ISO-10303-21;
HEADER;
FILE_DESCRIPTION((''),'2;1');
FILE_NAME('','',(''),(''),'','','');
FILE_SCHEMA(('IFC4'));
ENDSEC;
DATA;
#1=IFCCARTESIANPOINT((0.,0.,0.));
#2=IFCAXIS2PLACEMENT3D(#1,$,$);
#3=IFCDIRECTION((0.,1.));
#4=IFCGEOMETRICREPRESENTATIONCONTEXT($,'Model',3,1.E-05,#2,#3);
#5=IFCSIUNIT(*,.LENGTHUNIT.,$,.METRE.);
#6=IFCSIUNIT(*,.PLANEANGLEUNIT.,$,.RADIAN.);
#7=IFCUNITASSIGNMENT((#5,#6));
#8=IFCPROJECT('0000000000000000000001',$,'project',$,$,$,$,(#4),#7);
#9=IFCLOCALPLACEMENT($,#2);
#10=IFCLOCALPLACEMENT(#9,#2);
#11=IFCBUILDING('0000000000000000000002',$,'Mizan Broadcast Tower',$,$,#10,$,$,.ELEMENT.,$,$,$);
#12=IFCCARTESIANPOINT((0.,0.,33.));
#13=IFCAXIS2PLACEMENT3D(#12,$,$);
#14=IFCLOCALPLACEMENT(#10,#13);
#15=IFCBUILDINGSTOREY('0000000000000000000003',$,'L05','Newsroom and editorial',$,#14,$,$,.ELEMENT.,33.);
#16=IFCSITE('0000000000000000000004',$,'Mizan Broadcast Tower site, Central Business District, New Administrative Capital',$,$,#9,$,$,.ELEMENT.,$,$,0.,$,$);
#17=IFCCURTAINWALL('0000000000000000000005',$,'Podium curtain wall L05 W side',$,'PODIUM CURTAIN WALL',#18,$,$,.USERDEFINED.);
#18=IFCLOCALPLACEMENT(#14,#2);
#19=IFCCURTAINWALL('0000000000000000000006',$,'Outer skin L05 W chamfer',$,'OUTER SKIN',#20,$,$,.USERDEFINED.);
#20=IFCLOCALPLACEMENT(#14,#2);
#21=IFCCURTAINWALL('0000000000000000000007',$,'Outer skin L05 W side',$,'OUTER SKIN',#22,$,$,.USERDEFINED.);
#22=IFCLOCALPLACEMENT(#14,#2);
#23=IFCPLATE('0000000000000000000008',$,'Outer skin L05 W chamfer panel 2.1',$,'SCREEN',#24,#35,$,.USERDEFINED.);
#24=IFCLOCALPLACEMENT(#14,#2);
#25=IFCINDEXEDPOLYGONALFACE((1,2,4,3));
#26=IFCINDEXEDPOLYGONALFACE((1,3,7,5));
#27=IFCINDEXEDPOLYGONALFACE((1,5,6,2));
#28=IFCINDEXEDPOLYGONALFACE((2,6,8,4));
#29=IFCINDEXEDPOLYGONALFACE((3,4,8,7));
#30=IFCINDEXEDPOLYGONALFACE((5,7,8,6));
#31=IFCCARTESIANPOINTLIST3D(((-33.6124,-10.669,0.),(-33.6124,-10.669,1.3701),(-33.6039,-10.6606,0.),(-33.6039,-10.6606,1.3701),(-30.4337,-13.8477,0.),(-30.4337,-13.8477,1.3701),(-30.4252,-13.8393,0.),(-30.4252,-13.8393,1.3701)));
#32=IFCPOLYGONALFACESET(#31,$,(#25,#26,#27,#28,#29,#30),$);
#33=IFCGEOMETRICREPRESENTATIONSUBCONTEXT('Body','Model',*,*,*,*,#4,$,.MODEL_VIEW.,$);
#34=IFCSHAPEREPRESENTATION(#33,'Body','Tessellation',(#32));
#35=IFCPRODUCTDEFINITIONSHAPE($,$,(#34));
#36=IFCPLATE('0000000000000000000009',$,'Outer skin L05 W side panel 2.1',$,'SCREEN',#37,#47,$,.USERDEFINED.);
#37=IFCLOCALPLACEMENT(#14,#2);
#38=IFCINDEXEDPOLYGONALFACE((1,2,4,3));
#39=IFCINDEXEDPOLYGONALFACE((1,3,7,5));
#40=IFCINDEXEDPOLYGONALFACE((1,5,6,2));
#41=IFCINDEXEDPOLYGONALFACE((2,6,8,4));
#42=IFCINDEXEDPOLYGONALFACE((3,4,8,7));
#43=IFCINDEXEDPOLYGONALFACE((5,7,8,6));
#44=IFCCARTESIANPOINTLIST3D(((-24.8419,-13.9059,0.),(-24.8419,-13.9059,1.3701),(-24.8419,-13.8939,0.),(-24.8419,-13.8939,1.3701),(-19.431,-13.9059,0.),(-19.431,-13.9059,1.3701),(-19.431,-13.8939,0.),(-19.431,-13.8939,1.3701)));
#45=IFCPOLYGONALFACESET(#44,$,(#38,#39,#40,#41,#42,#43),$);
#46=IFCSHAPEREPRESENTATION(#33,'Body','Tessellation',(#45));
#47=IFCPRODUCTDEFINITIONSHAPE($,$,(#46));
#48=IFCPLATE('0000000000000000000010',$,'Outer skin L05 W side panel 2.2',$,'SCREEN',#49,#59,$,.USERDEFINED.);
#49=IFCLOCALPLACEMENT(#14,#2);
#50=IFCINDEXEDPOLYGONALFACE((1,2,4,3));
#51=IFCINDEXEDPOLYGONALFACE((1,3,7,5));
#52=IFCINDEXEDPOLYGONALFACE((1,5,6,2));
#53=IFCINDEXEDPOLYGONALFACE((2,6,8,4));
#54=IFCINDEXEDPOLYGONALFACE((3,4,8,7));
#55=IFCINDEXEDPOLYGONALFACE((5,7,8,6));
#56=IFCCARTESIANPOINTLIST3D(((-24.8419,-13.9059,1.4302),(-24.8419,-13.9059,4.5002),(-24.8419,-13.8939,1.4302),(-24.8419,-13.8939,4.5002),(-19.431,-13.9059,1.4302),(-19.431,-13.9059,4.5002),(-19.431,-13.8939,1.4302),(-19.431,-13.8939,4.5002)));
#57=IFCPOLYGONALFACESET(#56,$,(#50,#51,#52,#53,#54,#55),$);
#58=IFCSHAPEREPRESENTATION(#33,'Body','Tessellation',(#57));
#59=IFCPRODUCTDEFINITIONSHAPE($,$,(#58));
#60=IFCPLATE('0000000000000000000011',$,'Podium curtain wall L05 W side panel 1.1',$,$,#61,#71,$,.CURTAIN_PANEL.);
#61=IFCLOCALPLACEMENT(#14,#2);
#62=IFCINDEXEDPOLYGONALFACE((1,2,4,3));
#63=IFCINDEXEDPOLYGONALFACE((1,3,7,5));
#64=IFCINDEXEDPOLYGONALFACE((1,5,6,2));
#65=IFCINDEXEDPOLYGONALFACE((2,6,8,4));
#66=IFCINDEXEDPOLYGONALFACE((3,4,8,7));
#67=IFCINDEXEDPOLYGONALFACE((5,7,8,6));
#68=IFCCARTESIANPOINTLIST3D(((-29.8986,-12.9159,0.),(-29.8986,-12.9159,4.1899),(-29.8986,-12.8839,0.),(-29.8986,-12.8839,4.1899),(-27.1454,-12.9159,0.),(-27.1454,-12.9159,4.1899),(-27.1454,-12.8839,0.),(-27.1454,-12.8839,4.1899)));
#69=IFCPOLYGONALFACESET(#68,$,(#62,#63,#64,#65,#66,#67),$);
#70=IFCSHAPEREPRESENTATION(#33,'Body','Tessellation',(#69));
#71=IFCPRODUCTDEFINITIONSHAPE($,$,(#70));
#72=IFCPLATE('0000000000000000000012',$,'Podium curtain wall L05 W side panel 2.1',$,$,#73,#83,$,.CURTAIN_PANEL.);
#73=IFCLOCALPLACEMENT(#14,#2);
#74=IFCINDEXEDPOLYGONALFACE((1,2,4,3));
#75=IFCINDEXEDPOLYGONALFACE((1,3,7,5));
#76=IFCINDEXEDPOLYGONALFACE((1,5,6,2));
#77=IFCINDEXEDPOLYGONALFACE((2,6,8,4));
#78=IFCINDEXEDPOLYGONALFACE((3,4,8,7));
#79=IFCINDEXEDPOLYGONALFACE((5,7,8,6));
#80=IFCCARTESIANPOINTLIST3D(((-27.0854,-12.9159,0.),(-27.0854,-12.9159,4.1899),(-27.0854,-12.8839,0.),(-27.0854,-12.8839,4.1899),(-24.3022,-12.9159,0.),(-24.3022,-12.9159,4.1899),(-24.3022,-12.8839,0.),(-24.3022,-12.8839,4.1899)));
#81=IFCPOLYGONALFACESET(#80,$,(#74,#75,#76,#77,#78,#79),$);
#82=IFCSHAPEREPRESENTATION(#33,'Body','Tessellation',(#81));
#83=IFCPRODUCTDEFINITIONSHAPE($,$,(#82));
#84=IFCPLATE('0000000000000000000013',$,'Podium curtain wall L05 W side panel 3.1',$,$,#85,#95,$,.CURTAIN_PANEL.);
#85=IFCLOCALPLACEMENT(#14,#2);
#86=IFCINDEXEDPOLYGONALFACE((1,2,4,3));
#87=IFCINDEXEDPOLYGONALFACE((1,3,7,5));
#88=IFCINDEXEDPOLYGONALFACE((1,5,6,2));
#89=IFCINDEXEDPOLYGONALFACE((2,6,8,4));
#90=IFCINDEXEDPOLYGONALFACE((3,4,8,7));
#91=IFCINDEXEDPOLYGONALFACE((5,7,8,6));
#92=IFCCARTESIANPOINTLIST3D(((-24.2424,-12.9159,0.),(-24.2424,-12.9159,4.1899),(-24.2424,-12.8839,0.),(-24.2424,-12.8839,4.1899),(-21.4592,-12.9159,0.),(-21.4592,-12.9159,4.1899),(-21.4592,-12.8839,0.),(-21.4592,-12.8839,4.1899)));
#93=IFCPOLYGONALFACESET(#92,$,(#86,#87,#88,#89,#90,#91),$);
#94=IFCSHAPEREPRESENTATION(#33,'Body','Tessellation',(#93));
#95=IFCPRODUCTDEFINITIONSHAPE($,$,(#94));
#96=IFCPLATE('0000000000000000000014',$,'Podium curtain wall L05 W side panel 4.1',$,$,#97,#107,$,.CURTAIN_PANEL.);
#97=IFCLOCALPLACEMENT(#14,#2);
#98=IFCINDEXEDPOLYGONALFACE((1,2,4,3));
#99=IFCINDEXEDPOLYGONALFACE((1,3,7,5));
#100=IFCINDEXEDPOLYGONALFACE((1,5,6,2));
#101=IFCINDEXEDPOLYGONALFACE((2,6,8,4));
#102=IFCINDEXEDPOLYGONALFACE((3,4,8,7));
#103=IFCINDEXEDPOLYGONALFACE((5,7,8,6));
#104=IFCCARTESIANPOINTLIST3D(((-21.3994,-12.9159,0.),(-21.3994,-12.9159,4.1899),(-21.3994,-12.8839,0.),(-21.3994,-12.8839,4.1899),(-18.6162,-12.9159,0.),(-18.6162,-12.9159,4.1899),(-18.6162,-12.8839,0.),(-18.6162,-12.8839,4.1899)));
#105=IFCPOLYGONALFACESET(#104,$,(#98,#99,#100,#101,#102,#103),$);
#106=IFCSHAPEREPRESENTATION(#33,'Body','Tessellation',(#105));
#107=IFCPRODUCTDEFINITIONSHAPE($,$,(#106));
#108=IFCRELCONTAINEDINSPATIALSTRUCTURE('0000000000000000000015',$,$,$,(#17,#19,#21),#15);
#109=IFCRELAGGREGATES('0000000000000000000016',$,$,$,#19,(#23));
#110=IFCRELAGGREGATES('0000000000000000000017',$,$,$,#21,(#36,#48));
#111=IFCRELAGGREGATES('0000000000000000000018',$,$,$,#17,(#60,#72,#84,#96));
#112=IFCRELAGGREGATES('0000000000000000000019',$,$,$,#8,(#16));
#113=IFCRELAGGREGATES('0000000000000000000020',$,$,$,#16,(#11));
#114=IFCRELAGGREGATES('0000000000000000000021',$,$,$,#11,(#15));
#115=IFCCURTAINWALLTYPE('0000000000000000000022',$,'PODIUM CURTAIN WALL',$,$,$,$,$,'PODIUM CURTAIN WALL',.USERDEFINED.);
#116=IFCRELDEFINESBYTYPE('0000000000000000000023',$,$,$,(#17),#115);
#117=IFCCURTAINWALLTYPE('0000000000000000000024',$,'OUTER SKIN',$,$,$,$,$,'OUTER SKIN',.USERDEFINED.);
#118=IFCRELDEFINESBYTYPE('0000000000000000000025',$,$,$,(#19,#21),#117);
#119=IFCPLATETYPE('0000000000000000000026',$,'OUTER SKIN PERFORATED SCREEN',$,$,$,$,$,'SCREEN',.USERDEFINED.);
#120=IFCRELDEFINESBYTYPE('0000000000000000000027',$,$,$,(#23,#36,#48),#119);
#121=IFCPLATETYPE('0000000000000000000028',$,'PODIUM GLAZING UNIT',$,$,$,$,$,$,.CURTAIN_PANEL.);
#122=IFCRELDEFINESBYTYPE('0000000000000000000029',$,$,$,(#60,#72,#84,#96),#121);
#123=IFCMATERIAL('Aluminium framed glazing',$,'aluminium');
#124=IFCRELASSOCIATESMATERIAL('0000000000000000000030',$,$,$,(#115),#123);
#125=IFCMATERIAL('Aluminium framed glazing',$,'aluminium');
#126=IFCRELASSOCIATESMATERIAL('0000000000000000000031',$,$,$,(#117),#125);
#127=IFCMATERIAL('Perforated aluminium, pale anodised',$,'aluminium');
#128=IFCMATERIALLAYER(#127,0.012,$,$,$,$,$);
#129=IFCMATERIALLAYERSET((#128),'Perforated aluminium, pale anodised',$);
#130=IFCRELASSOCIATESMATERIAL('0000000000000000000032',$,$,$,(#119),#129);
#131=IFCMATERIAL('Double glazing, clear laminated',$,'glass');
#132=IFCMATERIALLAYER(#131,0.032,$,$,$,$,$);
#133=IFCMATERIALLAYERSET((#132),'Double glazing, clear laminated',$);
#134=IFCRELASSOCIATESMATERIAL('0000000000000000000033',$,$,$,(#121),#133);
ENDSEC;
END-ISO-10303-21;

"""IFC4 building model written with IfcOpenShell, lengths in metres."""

from ifc_helpers import new_model, si_unit, direction, frame, origin, origin_2d, place, context, subcontext, project, spatial, rectangle, extrude, material, layer, layer_set, type_object, element, aggregate, save


model = new_model("IFC4")

# Units and contexts
model_context = context("Model", 3, precision=1e-05, world=origin(), true_north=direction((0.0, 1.0)))
body_context = subcontext(model_context, "Body", "Model", "MODEL_VIEW")
ifc_project = project(units=[si_unit("LENGTHUNIT", "METRE"), si_unit("PLANEANGLEUNIT", "RADIAN")], contexts=[model_context])

# Site, building, storey
site_placement = place(None, origin())
site = spatial("IfcSite", under=ifc_project, at=site_placement, Name="Mizan Broadcast Tower site, Central Business District, New Administrative Capital", CompositionType="ELEMENT", RefElevation=0.0)
building_placement = place(site_placement, origin())
building = spatial("IfcBuilding", under=site, at=building_placement, Name="Mizan Broadcast Tower", CompositionType="ELEMENT")
storey_placement = place(building_placement, frame((0.0, 0.0, 33.0)))
storey = spatial("IfcBuildingStorey", under=building, at=storey_placement, Name="L05", Description="Newsroom and editorial", CompositionType="ELEMENT", Elevation=33.0)

# Shared definitions
ifc_material_1 = material(Name="Aluminium framed glazing", Category="aluminium")
curtain_wall_type_1 = type_object("IfcCurtainWallType", Name="PODIUM CURTAIN WALL", ElementType="PODIUM CURTAIN WALL", PredefinedType="USERDEFINED", material=ifc_material_1)

# Curtain wall
curtain_wall_1_placement = place(storey_placement, origin())
curtain_wall_1 = element("IfcCurtainWall", 1, at=curtain_wall_1_placement, inside=storey, type_object=curtain_wall_type_1, Name="Podium curtain wall L05 W side", ObjectType="PODIUM CURTAIN WALL", PredefinedType="USERDEFINED")

# Curtain wall
ifc_material_2 = material(Name="Aluminium framed glazing", Category="aluminium")
curtain_wall_type_2 = type_object("IfcCurtainWallType", Name="OUTER SKIN", ElementType="OUTER SKIN", PredefinedType="USERDEFINED", material=ifc_material_2)
curtain_wall_2_placement = place(storey_placement, origin())
curtain_wall_2 = element("IfcCurtainWall", 2, at=curtain_wall_2_placement, inside=storey, type_object=curtain_wall_type_2, Name="Outer skin L05 W chamfer", ObjectType="OUTER SKIN", PredefinedType="USERDEFINED")

# Curtain wall
curtain_wall_3_placement = place(storey_placement, origin())
curtain_wall_3 = element("IfcCurtainWall", 3, at=curtain_wall_3_placement, inside=storey, type_object=curtain_wall_type_2, Name="Outer skin L05 W side", ObjectType="OUTER SKIN", PredefinedType="USERDEFINED")

# Plates
ifc_material_3 = material(Name="Perforated aluminium, pale anodised", Category="aluminium")
ifc_layer_1 = layer(ifc_material_3, 0.012)
ifc_layer_set_1 = layer_set([ifc_layer_1], Name="Perforated aluminium, pale anodised")
plate_type_1 = type_object("IfcPlateType", Name="OUTER SKIN PERFORATED SCREEN", ElementType="SCREEN", PredefinedType="USERDEFINED", material=ifc_layer_set_1)
plate_1_placement = place(storey_placement, frame((-32.0188, -12.2542, 0.0), z_axis=(0.0, 0.0, 1.0), x_axis=(0.707107, -0.707107, 0.0)))
plate_1 = element("IfcPlate", 4, at=plate_1_placement, type_object=plate_type_1, Name="Outer skin L05 W chamfer panel 2.1", ObjectType="SCREEN", PredefinedType="USERDEFINED", context=body_context, shape_type="SweptSolid", body=[
    extrude(rectangle(XDim=4.4954, YDim=0.012, at=origin_2d()), origin(), (0.0, 0.0, 1.0), 1.3701),
])
aggregate(curtain_wall_2, [plate_1])
plate_2_placement = place(storey_placement, frame((-22.1365, -13.8999, 0.0), z_axis=(0.0, 0.0, 1.0), x_axis=(1.0, 0.0, 0.0)))
plate_2 = element("IfcPlate", 5, at=plate_2_placement, type_object=plate_type_1, Name="Outer skin L05 W side panel 2.1", ObjectType="SCREEN", PredefinedType="USERDEFINED", context=body_context, shape_type="SweptSolid", body=[
    extrude(rectangle(XDim=5.4109, YDim=0.012, at=origin_2d()), origin(), (0.0, 0.0, 1.0), 1.3701),
])
plate_3_placement = place(storey_placement, frame((-22.1365, -13.8999, 1.4302), z_axis=(0.0, 0.0, 1.0), x_axis=(1.0, 0.0, 0.0)))
plate_3 = element("IfcPlate", 6, at=plate_3_placement, type_object=plate_type_1, Name="Outer skin L05 W side panel 2.2", ObjectType="SCREEN", PredefinedType="USERDEFINED", context=body_context, shape_type="SweptSolid", body=[
    extrude(rectangle(XDim=5.4109, YDim=0.012, at=origin_2d()), origin(), (0.0, 0.0, 1.0), 3.0701),
])
aggregate(curtain_wall_3, [plate_2, plate_3])
ifc_material_4 = material(Name="Double glazing, clear laminated", Category="glass")
ifc_layer_2 = layer(ifc_material_4, 0.032)
ifc_layer_set_2 = layer_set([ifc_layer_2], Name="Double glazing, clear laminated")
plate_type_2 = type_object("IfcPlateType", Name="PODIUM GLAZING UNIT", PredefinedType="CURTAIN_PANEL", material=ifc_layer_set_2)
plate_4_placement = place(storey_placement, frame((-28.522, -12.8999, 0.0), z_axis=(0.0, 0.0, 1.0), x_axis=(1.0, 0.0, 0.0)))
plate_4 = element("IfcPlate", 7, at=plate_4_placement, type_object=plate_type_2, Name="Podium curtain wall L05 W side panel 1.1", PredefinedType="CURTAIN_PANEL", context=body_context, shape_type="SweptSolid", body=[
    extrude(rectangle(XDim=2.7532, YDim=0.032, at=origin_2d()), origin(), (0.0, 0.0, 1.0), 4.1899),
])
plate_5_placement = place(storey_placement, frame((-25.6938, -12.8999, 0.0), z_axis=(0.0, 0.0, 1.0), x_axis=(1.0, 0.0, 0.0)))
plate_5 = element("IfcPlate", 8, at=plate_5_placement, type_object=plate_type_2, Name="Podium curtain wall L05 W side panel 2.1", PredefinedType="CURTAIN_PANEL", context=body_context, shape_type="SweptSolid", body=[
    extrude(rectangle(XDim=2.7832, YDim=0.032, at=origin_2d()), origin(), (0.0, 0.0, 1.0), 4.1899),
])
plate_6_placement = place(storey_placement, frame((-22.8508, -12.8999, 0.0), z_axis=(0.0, 0.0, 1.0), x_axis=(1.0, 0.0, 0.0)))
plate_6 = element("IfcPlate", 9, at=plate_6_placement, type_object=plate_type_2, Name="Podium curtain wall L05 W side panel 3.1", PredefinedType="CURTAIN_PANEL", context=body_context, shape_type="SweptSolid", body=[
    extrude(rectangle(XDim=2.7832, YDim=0.032, at=origin_2d()), origin(), (0.0, 0.0, 1.0), 4.1899),
])
plate_7_placement = place(storey_placement, frame((-20.0078, -12.8999, 0.0), z_axis=(0.0, 0.0, 1.0), x_axis=(1.0, 0.0, 0.0)))
plate_7 = element("IfcPlate", 10, at=plate_7_placement, type_object=plate_type_2, Name="Podium curtain wall L05 W side panel 4.1", PredefinedType="CURTAIN_PANEL", context=body_context, shape_type="SweptSolid", body=[
    extrude(rectangle(XDim=2.7832, YDim=0.032, at=origin_2d()), origin(), (0.0, 0.0, 1.0), 4.1899),
])
aggregate(curtain_wall_1, [plate_4, plate_5, plate_6, plate_7])

save(model, "model.ifc")
